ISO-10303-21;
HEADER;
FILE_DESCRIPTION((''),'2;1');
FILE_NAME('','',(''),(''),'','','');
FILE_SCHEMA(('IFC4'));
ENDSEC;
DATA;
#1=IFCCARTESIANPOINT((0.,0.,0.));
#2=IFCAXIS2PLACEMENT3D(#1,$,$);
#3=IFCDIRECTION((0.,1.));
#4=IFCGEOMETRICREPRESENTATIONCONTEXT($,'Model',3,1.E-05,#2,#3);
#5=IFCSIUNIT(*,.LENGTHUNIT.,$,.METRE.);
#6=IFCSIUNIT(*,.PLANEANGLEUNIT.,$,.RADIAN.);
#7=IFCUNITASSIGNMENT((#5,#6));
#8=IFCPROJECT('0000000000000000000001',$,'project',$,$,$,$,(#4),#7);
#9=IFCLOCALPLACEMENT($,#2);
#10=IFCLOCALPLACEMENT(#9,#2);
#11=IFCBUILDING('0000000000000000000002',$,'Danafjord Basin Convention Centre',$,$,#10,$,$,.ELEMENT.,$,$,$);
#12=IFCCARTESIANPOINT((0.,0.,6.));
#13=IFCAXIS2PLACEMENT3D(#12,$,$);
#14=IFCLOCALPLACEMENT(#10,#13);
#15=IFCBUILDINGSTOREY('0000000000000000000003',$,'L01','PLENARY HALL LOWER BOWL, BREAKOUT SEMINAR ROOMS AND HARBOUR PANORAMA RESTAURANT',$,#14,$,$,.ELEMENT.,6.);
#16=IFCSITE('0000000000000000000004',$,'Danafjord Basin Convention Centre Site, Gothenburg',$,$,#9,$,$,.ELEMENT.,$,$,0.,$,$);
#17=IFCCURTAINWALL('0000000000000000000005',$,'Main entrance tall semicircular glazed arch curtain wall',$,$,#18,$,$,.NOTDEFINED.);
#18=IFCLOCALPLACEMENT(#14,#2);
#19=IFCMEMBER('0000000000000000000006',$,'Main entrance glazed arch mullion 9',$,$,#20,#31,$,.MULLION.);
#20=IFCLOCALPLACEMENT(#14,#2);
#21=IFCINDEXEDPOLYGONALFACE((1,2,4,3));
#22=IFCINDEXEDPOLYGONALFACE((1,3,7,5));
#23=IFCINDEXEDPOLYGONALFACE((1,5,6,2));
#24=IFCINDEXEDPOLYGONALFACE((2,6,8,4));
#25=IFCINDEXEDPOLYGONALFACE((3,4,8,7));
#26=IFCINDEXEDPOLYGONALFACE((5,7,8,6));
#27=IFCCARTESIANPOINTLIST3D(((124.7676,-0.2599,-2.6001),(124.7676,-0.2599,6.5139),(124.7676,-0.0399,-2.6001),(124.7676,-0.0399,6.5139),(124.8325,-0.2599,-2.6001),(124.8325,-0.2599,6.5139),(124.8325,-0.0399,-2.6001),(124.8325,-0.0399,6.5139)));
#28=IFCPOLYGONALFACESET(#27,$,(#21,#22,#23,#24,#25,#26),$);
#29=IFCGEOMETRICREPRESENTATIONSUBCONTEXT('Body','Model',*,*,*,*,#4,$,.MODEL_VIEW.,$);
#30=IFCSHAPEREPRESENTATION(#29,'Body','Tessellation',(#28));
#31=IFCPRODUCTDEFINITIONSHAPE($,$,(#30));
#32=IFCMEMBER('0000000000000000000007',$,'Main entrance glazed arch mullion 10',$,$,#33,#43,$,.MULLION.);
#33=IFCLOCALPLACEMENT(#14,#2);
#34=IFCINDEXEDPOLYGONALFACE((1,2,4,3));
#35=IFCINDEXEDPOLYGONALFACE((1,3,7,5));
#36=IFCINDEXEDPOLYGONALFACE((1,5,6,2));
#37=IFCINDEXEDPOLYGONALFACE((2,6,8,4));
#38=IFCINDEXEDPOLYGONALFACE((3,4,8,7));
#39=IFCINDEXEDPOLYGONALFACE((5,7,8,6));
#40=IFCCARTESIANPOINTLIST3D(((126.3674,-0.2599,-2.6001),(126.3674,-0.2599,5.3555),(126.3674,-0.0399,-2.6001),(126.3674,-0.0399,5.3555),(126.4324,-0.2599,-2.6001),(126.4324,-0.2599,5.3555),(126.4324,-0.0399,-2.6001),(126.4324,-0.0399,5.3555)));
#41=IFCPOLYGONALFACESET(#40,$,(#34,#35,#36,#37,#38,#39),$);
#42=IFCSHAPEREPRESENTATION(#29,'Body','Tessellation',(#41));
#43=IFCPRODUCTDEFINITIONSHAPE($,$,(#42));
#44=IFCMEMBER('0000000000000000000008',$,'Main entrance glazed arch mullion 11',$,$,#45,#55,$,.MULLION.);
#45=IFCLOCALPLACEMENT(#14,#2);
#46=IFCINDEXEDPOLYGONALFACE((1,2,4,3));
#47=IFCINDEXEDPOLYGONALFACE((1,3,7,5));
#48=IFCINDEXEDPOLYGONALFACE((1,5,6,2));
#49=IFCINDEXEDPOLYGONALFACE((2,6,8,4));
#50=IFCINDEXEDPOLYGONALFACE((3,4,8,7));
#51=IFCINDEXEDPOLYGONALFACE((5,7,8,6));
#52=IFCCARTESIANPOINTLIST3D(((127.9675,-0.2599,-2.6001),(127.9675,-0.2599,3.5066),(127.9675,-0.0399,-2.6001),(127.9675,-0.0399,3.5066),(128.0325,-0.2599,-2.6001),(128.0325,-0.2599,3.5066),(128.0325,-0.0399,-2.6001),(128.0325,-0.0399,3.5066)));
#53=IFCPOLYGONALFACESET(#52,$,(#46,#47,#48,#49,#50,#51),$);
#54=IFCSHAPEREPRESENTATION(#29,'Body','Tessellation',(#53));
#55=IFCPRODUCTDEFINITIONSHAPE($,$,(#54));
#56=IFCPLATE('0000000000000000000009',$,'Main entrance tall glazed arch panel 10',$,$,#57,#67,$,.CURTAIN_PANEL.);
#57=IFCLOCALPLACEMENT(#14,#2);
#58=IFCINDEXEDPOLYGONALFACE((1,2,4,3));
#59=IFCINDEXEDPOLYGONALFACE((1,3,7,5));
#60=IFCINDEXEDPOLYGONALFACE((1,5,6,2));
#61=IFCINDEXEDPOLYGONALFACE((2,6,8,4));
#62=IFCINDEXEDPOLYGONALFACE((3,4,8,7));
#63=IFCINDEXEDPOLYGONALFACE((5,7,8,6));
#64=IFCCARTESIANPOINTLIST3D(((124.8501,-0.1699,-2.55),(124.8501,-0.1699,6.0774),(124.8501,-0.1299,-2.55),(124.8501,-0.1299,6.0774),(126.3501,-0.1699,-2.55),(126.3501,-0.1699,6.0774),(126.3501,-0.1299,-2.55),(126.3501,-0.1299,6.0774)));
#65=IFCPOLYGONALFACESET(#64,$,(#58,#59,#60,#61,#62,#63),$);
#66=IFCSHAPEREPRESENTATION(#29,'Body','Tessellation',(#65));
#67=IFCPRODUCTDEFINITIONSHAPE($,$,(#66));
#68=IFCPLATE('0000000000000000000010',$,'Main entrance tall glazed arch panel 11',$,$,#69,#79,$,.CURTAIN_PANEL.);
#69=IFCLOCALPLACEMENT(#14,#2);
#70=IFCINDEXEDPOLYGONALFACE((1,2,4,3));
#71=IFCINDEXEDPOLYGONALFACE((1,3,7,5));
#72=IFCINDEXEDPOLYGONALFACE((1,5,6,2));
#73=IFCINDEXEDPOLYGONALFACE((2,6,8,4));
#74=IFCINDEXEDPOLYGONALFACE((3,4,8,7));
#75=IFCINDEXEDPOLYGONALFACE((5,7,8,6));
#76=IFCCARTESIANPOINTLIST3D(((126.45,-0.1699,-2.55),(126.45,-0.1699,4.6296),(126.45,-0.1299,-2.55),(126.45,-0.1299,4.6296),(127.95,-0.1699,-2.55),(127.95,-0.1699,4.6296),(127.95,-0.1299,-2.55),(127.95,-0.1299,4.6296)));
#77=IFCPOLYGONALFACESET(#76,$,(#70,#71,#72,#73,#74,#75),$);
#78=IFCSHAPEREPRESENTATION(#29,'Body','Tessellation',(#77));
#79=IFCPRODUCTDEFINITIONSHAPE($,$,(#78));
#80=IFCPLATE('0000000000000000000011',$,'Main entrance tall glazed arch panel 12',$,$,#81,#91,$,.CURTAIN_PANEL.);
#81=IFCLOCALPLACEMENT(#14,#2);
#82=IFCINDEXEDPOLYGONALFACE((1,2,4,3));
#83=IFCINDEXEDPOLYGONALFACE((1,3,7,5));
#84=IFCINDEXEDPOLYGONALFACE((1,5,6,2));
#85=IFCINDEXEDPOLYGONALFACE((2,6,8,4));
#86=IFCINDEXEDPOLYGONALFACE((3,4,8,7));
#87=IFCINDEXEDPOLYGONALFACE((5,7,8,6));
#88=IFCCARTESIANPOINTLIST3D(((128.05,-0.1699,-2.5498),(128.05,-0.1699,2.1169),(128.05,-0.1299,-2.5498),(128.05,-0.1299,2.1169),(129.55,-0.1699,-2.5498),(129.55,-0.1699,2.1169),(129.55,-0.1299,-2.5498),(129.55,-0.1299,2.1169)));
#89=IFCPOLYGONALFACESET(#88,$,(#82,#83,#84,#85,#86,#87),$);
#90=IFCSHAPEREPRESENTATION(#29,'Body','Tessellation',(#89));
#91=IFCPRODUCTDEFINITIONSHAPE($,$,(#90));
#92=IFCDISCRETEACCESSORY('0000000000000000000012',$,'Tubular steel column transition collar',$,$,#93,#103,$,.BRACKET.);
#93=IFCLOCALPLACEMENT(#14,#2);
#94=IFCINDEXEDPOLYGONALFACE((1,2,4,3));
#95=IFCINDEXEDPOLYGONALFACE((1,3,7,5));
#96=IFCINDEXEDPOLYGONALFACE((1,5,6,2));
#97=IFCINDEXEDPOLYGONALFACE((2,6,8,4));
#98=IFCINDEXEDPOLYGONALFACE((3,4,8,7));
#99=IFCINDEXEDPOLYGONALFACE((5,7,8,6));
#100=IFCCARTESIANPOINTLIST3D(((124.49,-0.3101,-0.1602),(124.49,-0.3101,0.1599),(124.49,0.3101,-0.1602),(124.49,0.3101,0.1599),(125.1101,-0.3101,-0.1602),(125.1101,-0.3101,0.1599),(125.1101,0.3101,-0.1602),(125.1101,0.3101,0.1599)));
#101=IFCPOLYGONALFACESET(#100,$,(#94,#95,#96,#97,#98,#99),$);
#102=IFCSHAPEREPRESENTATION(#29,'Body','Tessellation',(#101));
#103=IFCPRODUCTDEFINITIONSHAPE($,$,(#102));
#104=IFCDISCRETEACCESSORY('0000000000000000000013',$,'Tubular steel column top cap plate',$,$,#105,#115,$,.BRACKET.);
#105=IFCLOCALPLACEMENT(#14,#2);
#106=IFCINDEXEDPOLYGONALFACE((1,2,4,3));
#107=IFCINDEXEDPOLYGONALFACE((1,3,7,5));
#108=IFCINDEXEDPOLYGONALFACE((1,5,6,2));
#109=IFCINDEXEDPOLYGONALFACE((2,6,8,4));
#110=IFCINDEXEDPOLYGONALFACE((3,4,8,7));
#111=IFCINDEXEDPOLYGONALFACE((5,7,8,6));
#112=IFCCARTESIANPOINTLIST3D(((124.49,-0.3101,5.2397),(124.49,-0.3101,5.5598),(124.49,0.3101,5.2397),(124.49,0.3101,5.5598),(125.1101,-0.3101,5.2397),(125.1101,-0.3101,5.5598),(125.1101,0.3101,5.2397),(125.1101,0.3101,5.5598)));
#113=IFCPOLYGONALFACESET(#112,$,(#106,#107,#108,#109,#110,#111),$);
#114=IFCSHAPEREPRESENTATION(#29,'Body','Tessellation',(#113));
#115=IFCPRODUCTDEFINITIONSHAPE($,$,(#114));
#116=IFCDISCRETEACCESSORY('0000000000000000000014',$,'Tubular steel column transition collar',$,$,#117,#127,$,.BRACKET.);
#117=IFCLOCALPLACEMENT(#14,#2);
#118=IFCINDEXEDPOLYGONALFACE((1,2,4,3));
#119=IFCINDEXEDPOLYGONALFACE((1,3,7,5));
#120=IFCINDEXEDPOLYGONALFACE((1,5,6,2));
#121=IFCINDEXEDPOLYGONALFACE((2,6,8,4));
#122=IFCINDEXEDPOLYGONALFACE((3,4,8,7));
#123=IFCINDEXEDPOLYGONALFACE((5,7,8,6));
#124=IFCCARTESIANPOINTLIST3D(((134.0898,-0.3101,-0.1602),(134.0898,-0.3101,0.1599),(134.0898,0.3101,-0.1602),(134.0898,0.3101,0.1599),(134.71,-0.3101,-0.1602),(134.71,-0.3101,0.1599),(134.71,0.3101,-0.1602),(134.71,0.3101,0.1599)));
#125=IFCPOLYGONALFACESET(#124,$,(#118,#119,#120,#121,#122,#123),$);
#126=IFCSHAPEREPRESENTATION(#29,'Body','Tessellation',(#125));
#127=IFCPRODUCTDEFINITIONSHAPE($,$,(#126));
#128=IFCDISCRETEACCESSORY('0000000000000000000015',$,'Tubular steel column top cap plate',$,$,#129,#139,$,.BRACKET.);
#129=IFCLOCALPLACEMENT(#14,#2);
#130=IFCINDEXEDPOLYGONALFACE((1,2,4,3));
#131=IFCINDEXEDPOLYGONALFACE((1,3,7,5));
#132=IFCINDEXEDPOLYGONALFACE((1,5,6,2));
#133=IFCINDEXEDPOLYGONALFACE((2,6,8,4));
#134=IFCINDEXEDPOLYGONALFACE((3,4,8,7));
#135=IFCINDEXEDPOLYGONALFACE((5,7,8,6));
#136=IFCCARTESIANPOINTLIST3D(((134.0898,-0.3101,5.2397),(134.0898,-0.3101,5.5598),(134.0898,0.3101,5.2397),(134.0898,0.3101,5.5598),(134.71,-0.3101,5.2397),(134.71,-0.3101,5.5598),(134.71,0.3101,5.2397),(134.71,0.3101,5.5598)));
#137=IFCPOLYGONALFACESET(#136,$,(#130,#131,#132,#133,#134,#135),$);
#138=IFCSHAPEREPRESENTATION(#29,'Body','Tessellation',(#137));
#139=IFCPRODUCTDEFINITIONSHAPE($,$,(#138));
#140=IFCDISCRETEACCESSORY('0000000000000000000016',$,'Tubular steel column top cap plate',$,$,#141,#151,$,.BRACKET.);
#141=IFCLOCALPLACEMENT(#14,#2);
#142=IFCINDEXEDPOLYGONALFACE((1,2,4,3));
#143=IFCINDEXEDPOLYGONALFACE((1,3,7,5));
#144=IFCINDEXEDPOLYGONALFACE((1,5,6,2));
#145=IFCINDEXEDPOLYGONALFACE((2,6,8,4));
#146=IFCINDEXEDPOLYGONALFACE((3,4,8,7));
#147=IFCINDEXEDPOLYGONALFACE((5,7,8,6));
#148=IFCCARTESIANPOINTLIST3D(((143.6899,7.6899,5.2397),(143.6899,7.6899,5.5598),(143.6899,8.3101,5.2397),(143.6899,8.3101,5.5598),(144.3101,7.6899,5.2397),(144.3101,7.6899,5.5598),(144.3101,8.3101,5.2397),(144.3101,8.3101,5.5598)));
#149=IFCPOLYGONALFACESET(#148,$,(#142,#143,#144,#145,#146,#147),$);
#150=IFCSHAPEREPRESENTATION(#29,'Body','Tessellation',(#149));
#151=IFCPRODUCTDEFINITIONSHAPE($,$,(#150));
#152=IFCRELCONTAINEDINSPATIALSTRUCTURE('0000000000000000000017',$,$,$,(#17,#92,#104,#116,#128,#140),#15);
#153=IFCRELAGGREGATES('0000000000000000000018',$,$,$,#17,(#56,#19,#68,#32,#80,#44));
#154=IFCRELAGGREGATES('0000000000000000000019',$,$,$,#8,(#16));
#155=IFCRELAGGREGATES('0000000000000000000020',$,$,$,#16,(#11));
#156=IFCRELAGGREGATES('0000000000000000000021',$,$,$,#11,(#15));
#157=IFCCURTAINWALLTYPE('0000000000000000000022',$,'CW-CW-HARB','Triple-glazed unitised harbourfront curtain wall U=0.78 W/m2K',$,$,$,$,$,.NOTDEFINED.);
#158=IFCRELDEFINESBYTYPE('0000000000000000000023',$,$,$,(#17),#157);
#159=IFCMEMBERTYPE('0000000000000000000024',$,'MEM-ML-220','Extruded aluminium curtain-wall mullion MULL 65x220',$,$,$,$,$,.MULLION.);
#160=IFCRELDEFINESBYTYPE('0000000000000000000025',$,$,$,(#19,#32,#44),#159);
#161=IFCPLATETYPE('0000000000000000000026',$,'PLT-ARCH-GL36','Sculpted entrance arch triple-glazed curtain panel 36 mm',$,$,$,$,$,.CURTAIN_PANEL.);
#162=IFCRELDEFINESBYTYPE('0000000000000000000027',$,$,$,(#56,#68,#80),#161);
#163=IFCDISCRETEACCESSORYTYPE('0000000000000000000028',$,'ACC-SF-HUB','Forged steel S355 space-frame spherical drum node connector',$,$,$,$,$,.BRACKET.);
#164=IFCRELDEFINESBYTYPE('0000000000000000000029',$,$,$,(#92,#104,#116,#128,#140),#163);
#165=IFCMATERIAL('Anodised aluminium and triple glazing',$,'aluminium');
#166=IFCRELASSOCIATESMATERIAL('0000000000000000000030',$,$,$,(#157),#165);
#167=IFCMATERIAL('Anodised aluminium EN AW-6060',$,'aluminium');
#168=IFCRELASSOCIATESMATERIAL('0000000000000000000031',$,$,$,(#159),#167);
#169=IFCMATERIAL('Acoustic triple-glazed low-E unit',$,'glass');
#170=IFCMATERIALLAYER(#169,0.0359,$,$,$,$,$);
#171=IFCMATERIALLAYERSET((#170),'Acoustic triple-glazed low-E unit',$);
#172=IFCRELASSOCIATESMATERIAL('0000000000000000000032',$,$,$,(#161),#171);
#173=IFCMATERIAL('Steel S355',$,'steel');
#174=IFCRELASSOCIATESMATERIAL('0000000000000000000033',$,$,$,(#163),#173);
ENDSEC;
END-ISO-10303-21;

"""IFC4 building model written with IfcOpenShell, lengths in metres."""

from ifc_helpers import new_model, si_unit, direction, frame, origin, origin_2d, place, context, subcontext, project, spatial, rectangle, extrude, material, layer, layer_set, material_profile, profile_set, type_object, element, aggregate, save


model = new_model("IFC4")

# Units and contexts
model_context = context("Model", 3, precision=1e-05, world=origin(), true_north=direction((0.0, 1.0)))
body_context = subcontext(model_context, "Body", "Model", "MODEL_VIEW")
ifc_project = project(units=[si_unit("LENGTHUNIT", "METRE"), si_unit("PLANEANGLEUNIT", "RADIAN")], contexts=[model_context])

# Site, building, storey
site_placement = place(None, origin())
site = spatial("IfcSite", under=ifc_project, at=site_placement, Name="Danafjord Basin Convention Centre Site, Gothenburg", CompositionType="ELEMENT", RefElevation=0.0)
building_placement = place(site_placement, origin())
building = spatial("IfcBuilding", under=site, at=building_placement, Name="Danafjord Basin Convention Centre", CompositionType="ELEMENT")
storey_placement = place(building_placement, frame((0.0, 0.0, 6.0)))
storey = spatial("IfcBuildingStorey", under=building, at=storey_placement, Name="L01", Description="PLENARY HALL LOWER BOWL, BREAKOUT SEMINAR ROOMS AND HARBOUR PANORAMA RESTAURANT", CompositionType="ELEMENT", Elevation=6.0)

# Shared definitions
ifc_material_1 = material(Name="Steel S355", Category="steel")

# Curtain wall, members, plates
ifc_material_2 = material(Name="Anodised aluminium and triple glazing", Category="aluminium")
curtain_wall_type = type_object("IfcCurtainWallType", Name="CW-CW-HARB", Description="Triple-glazed unitised harbourfront curtain wall U=0.78 W/m2K", PredefinedType="NOTDEFINED", material=ifc_material_2)
curtain_wall_placement = place(storey_placement, origin())
curtain_wall = element("IfcCurtainWall", 1, at=curtain_wall_placement, inside=storey, type_object=curtain_wall_type, Name="Main entrance tall semicircular glazed arch curtain wall", PredefinedType="NOTDEFINED")
ifc_material_3 = material(Name="Anodised aluminium EN AW-6060", Category="aluminium")
ifc_material_profile_1 = material_profile(ifc_material_3, rectangle(XDim=0.0649, YDim=0.22, at=origin_2d()), Name="MULL 65x220")
ifc_profile_set_1 = profile_set([ifc_material_profile_1], Name="Anodised aluminium EN AW-6060")
member_type = type_object("IfcMemberType", Name="MEM-ML-220", Description="Extruded aluminium curtain-wall mullion MULL 65x220", PredefinedType="MULLION", material=ifc_profile_set_1)
member_1_placement = place(storey_placement, frame((124.8, -0.1499, -2.6001), z_axis=(0.0, 0.0, 1.0), x_axis=(1.0, 0.0, 0.0)))
member_1 = element("IfcMember", 2, at=member_1_placement, type_object=member_type, Name="Main entrance glazed arch mullion 9", PredefinedType="MULLION", context=body_context, shape_type="SweptSolid", body=[
    extrude(rectangle(XDim=0.0649, YDim=0.22, at=origin_2d()), origin(), (0.0, 0.0, 1.0), 9.114),
])
member_2_placement = place(storey_placement, frame((126.3999, -0.1499, -2.6001), z_axis=(0.0, 0.0, 1.0), x_axis=(1.0, 0.0, 0.0)))
member_2 = element("IfcMember", 3, at=member_2_placement, type_object=member_type, Name="Main entrance glazed arch mullion 10", PredefinedType="MULLION", context=body_context, shape_type="SweptSolid", body=[
    extrude(rectangle(XDim=0.0649, YDim=0.22, at=origin_2d()), origin(), (0.0, 0.0, 1.0), 7.9556),
])
member_3_placement = place(storey_placement, frame((128.0, -0.1499, -2.6001), z_axis=(0.0, 0.0, 1.0), x_axis=(1.0, 0.0, 0.0)))
member_3 = element("IfcMember", 4, at=member_3_placement, type_object=member_type, Name="Main entrance glazed arch mullion 11", PredefinedType="MULLION", context=body_context, shape_type="SweptSolid", body=[
    extrude(rectangle(XDim=0.0649, YDim=0.22, at=origin_2d()), origin(), (0.0, 0.0, 1.0), 6.1067),
])
ifc_material_4 = material(Name="Acoustic triple-glazed low-E unit", Category="glass")
ifc_layer = layer(ifc_material_4, 0.0359)
ifc_layer_set = layer_set([ifc_layer], Name="Acoustic triple-glazed low-E unit")
plate_type = type_object("IfcPlateType", Name="PLT-ARCH-GL36", Description="Sculpted entrance arch triple-glazed curtain panel 36 mm", PredefinedType="CURTAIN_PANEL", material=ifc_layer_set)
plate_1_placement = place(storey_placement, frame((125.6001, -0.1499, -2.55), z_axis=(0.0, 0.0, 1.0), x_axis=(1.0, 0.0, 0.0)))
plate_1 = element("IfcPlate", 5, at=plate_1_placement, type_object=plate_type, Name="Main entrance tall glazed arch panel 10", PredefinedType="CURTAIN_PANEL", context=body_context, shape_type="SweptSolid", body=[
    extrude(rectangle(XDim=1.5, YDim=0.04, at=origin_2d()), origin(), (0.0, 0.0, 1.0), 8.6274),
])
plate_2_placement = place(storey_placement, frame((127.2, -0.1499, -2.55), z_axis=(0.0, 0.0, 1.0), x_axis=(1.0, 0.0, 0.0)))
plate_2 = element("IfcPlate", 6, at=plate_2_placement, type_object=plate_type, Name="Main entrance tall glazed arch panel 11", PredefinedType="CURTAIN_PANEL", context=body_context, shape_type="SweptSolid", body=[
    extrude(rectangle(XDim=1.5, YDim=0.04, at=origin_2d()), origin(), (0.0, 0.0, 1.0), 7.1797),
])
plate_3_placement = place(storey_placement, frame((128.8, -0.1499, -2.5498), z_axis=(0.0, 0.0, 1.0), x_axis=(1.0, 0.0, 0.0)))
plate_3 = element("IfcPlate", 7, at=plate_3_placement, type_object=plate_type, Name="Main entrance tall glazed arch panel 12", PredefinedType="CURTAIN_PANEL", context=body_context, shape_type="SweptSolid", body=[
    extrude(rectangle(XDim=1.5, YDim=0.04, at=origin_2d()), origin(), (0.0, 0.0, 1.0), 4.6667),
])
aggregate(curtain_wall, [plate_1, member_1, plate_2, member_2, plate_3, member_3])

# Discrete accessories
discrete_accessory_type = type_object("IfcDiscreteAccessoryType", Name="ACC-SF-HUB", Description="Forged steel S355 space-frame spherical drum node connector", PredefinedType="BRACKET", material=ifc_material_1)
for number, where, z_axis, x_axis, name in (
    (8, (124.8, 0.0, -0.1602), (0.0, 0.0, 1.0), (1.0, 0.0, 0.0), "Tubular steel column transition collar"),
    (9, (124.8, 0.0, 5.2397), (0.0, 0.0, 1.0), (1.0, 0.0, 0.0), "Tubular steel column top cap plate"),
    (10, (134.3999, 0.0, -0.1602), (0.0, 0.0, 1.0), (1.0, 0.0, 0.0), "Tubular steel column transition collar"),
    (11, (134.3999, 0.0, 5.2397), (0.0, 0.0, 1.0), (1.0, 0.0, 0.0), "Tubular steel column top cap plate"),
    (12, (144.0, 8.0, 5.2397), (0.0, 0.0, 1.0), (1.0, 0.0, 0.0), "Tubular steel column top cap plate"),
):
    element("IfcDiscreteAccessory", number, at=place(storey_placement, frame(where, z_axis=z_axis, x_axis=x_axis)), inside=storey, type_object=discrete_accessory_type, Name=name, PredefinedType="BRACKET", context=body_context, shape_type="SweptSolid", body=[
        extrude(rectangle(XDim=0.6201, YDim=0.6201, at=origin_2d()), origin(), (0.0, 0.0, 1.0), 0.3201),
    ])

save(model, "model.ifc")
